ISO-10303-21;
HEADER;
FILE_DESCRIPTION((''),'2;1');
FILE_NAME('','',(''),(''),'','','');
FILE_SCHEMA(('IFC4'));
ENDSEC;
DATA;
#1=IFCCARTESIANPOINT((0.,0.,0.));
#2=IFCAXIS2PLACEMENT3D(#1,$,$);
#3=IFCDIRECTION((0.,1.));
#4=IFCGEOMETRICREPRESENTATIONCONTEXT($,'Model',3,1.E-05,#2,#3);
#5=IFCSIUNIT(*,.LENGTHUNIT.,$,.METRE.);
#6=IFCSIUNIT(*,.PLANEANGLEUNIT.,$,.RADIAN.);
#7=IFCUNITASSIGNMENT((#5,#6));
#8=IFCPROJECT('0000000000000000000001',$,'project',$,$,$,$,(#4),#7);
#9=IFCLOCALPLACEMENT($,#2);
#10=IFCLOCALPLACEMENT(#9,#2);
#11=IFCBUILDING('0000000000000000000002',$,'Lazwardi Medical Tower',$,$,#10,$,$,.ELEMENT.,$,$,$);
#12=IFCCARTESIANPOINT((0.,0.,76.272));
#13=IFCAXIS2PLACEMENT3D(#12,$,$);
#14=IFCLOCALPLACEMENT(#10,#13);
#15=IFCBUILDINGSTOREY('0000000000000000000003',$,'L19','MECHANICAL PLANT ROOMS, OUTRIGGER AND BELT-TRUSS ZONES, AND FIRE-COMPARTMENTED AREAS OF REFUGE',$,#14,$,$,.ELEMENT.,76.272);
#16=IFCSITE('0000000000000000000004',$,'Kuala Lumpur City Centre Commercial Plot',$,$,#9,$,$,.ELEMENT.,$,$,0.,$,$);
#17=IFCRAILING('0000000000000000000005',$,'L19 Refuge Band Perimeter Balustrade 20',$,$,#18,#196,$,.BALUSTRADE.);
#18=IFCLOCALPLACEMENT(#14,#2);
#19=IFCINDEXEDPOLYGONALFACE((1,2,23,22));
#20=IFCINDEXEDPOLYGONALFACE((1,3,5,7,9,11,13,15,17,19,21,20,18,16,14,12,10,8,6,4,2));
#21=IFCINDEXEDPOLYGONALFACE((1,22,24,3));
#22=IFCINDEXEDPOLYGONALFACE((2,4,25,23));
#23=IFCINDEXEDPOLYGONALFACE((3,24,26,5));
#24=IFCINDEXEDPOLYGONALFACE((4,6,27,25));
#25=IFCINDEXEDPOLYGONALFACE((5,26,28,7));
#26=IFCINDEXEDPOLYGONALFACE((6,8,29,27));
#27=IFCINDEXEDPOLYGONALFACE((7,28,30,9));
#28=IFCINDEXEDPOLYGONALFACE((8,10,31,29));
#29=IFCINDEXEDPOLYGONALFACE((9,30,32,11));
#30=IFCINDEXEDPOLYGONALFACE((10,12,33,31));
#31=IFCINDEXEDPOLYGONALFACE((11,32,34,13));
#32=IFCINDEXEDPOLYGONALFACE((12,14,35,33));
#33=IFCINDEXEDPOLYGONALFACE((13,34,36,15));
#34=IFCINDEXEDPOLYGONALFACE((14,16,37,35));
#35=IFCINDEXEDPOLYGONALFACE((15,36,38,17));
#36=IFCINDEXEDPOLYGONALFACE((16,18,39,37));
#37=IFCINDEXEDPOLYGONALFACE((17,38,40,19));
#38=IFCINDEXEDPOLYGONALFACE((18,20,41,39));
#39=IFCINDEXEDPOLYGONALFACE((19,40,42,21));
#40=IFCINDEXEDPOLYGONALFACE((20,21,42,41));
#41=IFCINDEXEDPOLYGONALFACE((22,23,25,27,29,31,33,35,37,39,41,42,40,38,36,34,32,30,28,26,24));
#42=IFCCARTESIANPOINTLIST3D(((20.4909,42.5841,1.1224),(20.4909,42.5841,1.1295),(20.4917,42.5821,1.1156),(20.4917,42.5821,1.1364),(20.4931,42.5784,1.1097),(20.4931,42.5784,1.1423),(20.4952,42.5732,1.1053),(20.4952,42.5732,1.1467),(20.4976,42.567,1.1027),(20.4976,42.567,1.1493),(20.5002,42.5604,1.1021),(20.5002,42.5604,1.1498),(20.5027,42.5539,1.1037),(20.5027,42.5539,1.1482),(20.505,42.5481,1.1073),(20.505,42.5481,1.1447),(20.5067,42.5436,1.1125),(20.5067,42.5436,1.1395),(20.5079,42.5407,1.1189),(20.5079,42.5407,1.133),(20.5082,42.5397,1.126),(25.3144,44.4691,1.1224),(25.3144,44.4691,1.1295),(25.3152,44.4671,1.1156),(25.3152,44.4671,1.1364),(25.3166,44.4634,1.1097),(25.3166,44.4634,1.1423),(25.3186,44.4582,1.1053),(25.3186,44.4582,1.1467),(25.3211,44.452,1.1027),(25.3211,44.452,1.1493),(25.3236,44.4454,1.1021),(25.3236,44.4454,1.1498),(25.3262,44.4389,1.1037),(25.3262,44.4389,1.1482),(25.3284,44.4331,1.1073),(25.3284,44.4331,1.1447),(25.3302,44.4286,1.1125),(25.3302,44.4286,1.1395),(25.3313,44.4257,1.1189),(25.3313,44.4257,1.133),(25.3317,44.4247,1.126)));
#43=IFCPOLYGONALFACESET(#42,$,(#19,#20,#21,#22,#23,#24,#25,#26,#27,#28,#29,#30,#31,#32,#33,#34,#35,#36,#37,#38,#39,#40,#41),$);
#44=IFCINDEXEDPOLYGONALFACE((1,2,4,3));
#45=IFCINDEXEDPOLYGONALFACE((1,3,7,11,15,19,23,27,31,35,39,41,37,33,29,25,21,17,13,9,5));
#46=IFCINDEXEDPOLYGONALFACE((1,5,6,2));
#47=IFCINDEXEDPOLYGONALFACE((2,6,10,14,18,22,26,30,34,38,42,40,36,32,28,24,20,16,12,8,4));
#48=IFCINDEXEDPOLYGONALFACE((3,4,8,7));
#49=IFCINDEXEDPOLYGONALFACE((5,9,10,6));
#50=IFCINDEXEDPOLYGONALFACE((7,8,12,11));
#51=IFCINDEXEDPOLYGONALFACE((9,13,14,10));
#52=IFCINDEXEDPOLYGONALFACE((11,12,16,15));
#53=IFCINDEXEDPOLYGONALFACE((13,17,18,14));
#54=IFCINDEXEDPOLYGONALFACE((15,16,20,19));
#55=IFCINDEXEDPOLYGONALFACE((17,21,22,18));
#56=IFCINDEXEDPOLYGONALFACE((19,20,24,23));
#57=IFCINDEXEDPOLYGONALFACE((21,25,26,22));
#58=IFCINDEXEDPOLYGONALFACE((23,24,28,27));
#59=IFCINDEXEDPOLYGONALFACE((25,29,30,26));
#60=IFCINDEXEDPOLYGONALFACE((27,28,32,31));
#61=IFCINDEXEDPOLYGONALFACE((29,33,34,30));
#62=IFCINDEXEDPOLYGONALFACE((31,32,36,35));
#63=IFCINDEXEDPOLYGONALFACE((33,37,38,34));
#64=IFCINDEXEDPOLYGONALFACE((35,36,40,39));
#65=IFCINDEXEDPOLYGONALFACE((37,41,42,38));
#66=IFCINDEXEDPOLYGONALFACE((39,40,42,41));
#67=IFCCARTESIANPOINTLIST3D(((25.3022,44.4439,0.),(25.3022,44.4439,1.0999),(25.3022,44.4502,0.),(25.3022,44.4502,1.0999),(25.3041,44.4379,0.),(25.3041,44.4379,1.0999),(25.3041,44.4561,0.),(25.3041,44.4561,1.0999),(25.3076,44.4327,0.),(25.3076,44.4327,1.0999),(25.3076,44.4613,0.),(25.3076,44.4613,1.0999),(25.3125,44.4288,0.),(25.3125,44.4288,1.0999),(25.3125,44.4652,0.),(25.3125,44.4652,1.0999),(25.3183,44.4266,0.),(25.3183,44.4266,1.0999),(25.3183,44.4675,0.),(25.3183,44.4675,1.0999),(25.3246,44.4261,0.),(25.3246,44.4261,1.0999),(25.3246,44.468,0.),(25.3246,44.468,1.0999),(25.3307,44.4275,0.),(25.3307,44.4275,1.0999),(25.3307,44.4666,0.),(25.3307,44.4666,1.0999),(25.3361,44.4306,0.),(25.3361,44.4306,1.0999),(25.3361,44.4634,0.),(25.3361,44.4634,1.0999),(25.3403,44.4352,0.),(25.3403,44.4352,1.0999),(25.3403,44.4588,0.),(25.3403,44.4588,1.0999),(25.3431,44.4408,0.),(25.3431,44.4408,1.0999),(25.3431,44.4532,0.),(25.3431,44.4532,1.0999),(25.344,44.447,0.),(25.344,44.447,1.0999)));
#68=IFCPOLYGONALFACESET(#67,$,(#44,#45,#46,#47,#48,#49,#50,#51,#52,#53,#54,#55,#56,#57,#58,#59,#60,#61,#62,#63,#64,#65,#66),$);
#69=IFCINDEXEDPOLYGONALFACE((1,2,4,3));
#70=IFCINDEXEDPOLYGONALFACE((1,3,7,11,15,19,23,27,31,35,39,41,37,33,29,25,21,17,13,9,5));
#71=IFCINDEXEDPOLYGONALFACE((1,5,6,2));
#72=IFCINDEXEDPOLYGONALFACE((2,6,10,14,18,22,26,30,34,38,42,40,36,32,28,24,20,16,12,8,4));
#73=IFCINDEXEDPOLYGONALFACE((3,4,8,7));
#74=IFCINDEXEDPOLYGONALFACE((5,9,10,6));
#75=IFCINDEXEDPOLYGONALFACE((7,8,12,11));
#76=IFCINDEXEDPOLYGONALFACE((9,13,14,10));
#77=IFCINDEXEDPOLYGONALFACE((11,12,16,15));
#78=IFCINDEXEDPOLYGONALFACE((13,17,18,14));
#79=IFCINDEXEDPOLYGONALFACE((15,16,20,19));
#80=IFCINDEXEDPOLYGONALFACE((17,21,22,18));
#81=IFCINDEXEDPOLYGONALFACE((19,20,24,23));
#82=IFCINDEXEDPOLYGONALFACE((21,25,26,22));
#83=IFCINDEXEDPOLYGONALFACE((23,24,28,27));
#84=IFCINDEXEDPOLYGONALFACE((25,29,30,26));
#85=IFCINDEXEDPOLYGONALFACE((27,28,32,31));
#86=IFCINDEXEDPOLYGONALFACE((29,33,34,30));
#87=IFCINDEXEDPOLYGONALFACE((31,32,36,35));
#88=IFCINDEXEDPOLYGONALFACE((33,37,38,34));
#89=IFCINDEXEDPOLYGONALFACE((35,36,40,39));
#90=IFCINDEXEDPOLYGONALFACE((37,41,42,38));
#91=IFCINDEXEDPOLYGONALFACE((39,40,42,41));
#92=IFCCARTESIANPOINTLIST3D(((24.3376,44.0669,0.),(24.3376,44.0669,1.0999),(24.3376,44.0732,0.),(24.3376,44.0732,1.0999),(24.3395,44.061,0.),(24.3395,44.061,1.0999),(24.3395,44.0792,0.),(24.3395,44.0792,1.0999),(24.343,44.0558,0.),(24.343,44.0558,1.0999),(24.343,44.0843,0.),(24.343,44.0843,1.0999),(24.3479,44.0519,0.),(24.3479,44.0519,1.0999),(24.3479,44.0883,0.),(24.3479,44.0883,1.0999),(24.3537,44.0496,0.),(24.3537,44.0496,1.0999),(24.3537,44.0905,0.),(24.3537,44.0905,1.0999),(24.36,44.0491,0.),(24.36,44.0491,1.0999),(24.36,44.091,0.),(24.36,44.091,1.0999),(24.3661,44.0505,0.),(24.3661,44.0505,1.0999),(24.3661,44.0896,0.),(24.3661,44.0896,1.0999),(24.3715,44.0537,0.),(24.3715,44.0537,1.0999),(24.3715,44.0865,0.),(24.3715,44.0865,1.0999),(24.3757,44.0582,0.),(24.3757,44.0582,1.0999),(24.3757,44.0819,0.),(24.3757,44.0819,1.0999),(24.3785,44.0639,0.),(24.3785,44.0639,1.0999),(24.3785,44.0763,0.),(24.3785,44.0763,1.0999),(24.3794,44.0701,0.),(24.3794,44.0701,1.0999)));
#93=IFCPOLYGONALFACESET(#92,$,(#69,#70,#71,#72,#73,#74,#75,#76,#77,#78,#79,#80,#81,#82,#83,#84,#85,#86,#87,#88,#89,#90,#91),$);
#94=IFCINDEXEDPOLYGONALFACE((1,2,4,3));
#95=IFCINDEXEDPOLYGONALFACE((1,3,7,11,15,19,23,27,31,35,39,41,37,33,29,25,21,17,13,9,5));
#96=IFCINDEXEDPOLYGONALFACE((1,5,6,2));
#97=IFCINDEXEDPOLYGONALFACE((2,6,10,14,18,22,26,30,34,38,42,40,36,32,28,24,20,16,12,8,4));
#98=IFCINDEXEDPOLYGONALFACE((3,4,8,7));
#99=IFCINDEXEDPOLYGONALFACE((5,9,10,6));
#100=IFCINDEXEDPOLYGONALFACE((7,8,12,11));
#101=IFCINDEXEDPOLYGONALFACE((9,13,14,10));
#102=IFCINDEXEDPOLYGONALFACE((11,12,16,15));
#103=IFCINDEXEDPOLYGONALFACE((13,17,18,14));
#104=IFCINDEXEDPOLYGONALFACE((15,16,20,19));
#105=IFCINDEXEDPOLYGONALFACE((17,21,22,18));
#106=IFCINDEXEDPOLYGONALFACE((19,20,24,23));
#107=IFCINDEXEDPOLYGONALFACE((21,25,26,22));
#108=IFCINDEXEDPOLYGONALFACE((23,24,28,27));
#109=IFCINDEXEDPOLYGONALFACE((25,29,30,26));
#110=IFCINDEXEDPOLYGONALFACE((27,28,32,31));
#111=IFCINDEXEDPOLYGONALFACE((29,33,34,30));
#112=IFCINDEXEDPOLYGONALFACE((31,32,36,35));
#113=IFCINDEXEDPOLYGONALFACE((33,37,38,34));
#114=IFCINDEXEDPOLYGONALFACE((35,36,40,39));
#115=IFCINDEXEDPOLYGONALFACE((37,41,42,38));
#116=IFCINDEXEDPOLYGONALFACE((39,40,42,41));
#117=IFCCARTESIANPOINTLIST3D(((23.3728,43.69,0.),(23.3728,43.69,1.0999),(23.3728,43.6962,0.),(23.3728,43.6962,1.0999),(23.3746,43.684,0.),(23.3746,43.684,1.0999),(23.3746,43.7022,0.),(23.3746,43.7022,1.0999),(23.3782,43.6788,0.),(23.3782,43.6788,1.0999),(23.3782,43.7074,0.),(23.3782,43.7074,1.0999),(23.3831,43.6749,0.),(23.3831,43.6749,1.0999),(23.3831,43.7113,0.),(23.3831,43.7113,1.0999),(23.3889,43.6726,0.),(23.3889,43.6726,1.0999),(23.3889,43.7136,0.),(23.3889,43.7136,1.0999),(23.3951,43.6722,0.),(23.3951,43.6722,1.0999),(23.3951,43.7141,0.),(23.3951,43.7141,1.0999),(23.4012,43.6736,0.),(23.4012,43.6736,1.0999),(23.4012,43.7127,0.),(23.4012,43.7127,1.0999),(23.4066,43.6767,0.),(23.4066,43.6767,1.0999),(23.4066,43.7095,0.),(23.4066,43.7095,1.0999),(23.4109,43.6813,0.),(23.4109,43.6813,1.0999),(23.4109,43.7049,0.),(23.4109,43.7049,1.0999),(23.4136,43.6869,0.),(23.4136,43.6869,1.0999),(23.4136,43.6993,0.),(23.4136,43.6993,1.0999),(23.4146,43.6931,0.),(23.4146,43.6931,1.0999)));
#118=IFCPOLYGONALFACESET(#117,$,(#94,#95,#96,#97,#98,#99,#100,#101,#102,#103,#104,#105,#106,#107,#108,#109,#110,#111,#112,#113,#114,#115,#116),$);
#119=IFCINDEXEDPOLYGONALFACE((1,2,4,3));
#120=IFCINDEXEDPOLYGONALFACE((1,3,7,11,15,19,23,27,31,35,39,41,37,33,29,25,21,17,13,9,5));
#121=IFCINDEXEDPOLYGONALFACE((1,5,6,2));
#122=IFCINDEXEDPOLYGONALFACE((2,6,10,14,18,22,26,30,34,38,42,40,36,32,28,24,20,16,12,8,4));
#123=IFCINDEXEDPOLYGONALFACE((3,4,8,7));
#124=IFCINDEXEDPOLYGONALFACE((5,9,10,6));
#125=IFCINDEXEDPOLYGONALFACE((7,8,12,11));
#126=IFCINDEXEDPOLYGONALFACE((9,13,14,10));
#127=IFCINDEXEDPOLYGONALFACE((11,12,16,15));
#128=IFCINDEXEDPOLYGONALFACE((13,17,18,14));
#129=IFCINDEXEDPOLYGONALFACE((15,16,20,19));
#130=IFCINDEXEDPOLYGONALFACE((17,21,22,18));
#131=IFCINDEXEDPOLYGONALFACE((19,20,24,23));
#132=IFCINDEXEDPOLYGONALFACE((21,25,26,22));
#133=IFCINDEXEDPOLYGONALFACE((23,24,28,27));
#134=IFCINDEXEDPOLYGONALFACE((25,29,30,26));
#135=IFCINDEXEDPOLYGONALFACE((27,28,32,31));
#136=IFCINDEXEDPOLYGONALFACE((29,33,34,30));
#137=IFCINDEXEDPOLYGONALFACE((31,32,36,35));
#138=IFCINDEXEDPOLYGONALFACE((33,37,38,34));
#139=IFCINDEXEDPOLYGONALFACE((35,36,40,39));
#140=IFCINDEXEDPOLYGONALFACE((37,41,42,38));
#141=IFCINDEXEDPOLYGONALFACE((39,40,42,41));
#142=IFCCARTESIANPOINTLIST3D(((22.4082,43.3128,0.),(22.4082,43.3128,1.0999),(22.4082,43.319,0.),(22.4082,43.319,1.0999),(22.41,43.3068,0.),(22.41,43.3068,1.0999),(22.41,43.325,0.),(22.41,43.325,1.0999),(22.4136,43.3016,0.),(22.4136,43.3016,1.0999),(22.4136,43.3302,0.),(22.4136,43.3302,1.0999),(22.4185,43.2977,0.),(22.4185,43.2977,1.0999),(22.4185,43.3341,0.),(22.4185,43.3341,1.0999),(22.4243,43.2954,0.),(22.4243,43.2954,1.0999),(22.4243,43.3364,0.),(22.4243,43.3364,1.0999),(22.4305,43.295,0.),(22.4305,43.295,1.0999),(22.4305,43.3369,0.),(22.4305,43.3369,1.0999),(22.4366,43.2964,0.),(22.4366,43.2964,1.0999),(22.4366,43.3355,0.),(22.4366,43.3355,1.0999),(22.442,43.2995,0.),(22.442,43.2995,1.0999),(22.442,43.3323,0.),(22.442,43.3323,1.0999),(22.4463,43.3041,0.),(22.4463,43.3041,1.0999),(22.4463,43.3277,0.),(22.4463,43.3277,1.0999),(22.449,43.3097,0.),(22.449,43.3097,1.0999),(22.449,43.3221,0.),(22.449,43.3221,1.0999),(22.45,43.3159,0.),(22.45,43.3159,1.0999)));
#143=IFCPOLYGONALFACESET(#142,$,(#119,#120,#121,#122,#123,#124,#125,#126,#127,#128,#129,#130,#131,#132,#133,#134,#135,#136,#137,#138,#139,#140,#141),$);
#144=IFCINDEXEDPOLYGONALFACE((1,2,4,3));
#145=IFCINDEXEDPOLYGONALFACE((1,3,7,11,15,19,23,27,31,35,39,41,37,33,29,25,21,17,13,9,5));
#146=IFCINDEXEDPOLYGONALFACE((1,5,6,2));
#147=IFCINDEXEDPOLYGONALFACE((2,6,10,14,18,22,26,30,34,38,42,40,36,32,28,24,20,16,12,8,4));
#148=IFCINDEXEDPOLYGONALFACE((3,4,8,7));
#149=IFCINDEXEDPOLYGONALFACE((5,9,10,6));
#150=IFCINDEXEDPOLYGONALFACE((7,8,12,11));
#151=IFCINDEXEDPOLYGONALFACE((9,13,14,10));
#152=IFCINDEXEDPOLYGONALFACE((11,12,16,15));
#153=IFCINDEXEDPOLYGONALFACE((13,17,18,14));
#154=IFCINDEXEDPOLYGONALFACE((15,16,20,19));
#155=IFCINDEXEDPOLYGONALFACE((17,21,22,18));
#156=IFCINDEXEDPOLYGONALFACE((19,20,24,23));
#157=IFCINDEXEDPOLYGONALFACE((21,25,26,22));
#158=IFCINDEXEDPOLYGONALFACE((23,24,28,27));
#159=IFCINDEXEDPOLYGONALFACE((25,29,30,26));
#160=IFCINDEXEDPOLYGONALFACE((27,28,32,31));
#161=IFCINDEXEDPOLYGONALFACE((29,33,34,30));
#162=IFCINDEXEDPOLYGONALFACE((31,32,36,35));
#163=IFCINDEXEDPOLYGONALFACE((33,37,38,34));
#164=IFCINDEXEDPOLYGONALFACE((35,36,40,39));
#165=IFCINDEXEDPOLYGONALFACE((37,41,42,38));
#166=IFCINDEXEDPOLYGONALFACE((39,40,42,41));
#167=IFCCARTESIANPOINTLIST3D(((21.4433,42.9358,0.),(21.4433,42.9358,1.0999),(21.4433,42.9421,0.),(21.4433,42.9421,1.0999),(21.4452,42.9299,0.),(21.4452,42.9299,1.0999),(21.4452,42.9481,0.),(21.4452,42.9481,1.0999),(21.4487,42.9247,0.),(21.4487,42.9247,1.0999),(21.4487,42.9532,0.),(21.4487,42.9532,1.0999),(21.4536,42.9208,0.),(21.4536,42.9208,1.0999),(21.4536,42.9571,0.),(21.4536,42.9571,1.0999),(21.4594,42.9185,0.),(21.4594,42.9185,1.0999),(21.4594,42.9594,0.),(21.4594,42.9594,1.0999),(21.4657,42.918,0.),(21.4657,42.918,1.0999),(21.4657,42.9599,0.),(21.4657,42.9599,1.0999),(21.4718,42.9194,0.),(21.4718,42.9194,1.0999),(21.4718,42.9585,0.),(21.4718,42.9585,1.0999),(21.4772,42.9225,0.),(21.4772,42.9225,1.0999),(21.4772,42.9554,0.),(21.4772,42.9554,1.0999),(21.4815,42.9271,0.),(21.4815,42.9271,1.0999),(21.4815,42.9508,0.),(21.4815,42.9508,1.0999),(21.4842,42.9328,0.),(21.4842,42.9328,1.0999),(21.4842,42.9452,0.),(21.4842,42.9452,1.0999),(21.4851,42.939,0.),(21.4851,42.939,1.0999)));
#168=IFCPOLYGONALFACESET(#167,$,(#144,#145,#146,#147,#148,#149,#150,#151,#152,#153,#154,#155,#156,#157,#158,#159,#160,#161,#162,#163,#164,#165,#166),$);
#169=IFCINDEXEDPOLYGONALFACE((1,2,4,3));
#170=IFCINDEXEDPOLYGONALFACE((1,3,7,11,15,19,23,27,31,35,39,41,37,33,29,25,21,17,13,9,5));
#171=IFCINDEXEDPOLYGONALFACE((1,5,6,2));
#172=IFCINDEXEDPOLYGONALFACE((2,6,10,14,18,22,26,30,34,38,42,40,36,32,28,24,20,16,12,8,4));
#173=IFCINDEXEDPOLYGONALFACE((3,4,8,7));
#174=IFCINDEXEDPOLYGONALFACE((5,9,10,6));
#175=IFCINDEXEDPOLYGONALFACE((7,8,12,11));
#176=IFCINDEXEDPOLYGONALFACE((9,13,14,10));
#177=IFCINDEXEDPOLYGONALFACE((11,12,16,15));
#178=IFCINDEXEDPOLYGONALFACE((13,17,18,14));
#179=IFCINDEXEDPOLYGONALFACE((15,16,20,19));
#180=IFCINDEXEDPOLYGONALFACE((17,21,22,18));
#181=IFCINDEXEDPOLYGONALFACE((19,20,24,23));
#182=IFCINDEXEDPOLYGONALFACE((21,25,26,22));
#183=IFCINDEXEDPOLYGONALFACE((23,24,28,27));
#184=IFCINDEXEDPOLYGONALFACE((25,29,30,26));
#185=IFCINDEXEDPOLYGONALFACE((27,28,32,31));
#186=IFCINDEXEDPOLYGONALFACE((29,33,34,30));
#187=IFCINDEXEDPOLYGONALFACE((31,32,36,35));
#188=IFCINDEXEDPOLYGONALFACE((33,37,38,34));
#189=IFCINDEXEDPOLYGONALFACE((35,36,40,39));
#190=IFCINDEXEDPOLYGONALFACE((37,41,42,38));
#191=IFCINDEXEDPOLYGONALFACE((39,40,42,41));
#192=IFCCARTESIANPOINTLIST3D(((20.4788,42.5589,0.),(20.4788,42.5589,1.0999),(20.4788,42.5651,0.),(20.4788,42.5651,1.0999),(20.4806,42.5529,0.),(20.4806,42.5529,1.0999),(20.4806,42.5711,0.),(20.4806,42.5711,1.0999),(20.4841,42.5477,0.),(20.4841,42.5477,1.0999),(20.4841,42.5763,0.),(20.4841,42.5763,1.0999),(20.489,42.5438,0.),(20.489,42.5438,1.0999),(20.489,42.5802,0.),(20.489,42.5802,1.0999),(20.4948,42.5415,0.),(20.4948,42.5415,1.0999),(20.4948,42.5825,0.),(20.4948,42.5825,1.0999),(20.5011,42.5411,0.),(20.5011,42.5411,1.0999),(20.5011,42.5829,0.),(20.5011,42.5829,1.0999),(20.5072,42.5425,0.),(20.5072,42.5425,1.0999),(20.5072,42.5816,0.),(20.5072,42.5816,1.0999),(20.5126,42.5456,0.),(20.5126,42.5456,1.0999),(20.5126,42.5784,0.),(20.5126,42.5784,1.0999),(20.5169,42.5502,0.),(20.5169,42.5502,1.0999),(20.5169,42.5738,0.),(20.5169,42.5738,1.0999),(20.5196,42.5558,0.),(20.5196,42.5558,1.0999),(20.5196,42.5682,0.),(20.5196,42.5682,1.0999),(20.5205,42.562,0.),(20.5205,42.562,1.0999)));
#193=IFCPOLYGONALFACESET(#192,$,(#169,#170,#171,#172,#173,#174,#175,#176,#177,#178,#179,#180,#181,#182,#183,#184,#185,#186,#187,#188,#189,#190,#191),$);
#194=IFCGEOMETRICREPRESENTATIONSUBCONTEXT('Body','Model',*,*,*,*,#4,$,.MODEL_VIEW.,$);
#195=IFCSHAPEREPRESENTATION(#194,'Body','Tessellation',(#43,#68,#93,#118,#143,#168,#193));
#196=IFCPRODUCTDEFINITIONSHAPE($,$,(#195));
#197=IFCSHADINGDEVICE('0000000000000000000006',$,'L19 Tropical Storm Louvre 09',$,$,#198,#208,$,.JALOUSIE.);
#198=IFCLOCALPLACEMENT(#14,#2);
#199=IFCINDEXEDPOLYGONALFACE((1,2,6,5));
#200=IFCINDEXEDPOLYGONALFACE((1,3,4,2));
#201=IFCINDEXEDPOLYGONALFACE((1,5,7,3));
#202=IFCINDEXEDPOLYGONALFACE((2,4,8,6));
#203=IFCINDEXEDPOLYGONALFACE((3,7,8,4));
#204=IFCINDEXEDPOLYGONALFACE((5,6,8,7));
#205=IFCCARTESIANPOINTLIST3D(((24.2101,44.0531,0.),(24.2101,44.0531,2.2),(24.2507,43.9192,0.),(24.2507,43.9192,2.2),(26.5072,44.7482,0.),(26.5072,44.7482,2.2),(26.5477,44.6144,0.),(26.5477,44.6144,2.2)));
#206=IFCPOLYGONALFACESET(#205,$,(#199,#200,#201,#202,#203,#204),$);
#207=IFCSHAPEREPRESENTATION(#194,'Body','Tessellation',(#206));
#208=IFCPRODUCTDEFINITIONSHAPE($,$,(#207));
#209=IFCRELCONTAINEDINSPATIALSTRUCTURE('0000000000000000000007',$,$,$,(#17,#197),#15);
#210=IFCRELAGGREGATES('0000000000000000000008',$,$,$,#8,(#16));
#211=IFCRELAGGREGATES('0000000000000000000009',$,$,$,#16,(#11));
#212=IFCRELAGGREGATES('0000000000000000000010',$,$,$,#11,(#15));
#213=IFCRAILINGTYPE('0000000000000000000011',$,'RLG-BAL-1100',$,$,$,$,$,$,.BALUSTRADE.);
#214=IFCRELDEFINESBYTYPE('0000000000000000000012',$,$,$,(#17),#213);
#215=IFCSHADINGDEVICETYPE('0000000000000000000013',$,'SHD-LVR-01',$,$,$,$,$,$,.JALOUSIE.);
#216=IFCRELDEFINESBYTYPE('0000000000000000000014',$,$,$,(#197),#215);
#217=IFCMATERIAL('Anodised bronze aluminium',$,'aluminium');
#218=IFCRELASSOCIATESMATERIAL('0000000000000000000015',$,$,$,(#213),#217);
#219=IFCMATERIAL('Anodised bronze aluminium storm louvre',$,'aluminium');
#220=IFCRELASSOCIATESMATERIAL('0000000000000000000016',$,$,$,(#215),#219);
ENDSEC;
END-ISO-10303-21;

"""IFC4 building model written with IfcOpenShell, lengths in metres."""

from ifc_helpers import new_model, si_unit, direction, frame, origin, origin_2d, place, context, subcontext, project, spatial, rectangle, circle, extrude, material, type_object, element, save


model = new_model("IFC4")

# Units and contexts
model_context = context("Model", 3, precision=1e-05, world=origin(), true_north=direction((0.0, 1.0)))
body_context = subcontext(model_context, "Body", "Model", "MODEL_VIEW")
ifc_project = project(units=[si_unit("LENGTHUNIT", "METRE"), si_unit("PLANEANGLEUNIT", "RADIAN")], contexts=[model_context])

# Site, building, storey
site_placement = place(None, origin())
site = spatial("IfcSite", under=ifc_project, at=site_placement, Name="Kuala Lumpur City Centre Commercial Plot", CompositionType="ELEMENT", RefElevation=0.0)
building_placement = place(site_placement, origin())
building = spatial("IfcBuilding", under=site, at=building_placement, Name="Lazwardi Medical Tower", CompositionType="ELEMENT")
storey_placement = place(building_placement, frame((0.0, 0.0, 76.272)))
storey = spatial("IfcBuildingStorey", under=building, at=storey_placement, Name="L19", Description="MECHANICAL PLANT ROOMS, OUTRIGGER AND BELT-TRUSS ZONES, AND FIRE-COMPARTMENTED AREAS OF REFUGE", CompositionType="ELEMENT", Elevation=76.272)

# Railing
ifc_material_1 = material(Name="Anodised bronze aluminium", Category="aluminium")
railing_type = type_object("IfcRailingType", Name="RLG-BAL-1100", PredefinedType="BALUSTRADE", material=ifc_material_1)
railing_1_placement = place(storey_placement, frame((25.323, 44.447, 0.0)))
element("IfcRailing", 1, at=railing_1_placement, inside=storey, type_object=railing_type, Name="L19 Refuge Band Perimeter Balustrade 20", PredefinedType="BALUSTRADE", context=body_context, shape_type="SweptSolid", body=[
    extrude(circle(Radius=0.0239, at=origin_2d()), frame((0.0, 0.0, 1.126), z_axis=(-0.931403, -0.36399, 0.0), x_axis=(0.36399, -0.931403, 0.0)), (0.0, 0.0, 1.0), 5.1787),
    extrude(circle(Radius=0.021, at=origin_2d()), origin(), (0.0, 0.0, 1.0), 1.0999),
    extrude(circle(Radius=0.021, at=origin_2d()), frame((-0.9646, -0.377, 0.0)), (0.0, 0.0, 1.0), 1.0999),
    extrude(circle(Radius=0.021, at=origin_2d()), frame((-1.9294, -0.7539, 0.0)), (0.0, 0.0, 1.0), 1.0999),
    extrude(circle(Radius=0.021, at=origin_2d()), frame((-2.894, -1.1311, 0.0)), (0.0, 0.0, 1.0), 1.0999),
    extrude(circle(Radius=0.021, at=origin_2d()), frame((-3.8589, -1.5081, 0.0)), (0.0, 0.0, 1.0), 1.0999),
    extrude(circle(Radius=0.021, at=origin_2d()), frame((-4.8235, -1.885, 0.0)), (0.0, 0.0, 1.0), 1.0999),
])

# Shading device
ifc_material_2 = material(Name="Anodised bronze aluminium storm louvre", Category="aluminium")
shading_device_type = type_object("IfcShadingDeviceType", Name="SHD-LVR-01", PredefinedType="JALOUSIE", material=ifc_material_2)
shading_device_placement = place(storey_placement, frame((25.3789, 44.3337, 0.0), z_axis=(0.0, 0.0, 1.0), x_axis=(-0.957134, -0.289647, 0.0)))
element("IfcShadingDevice", 2, at=shading_device_placement, inside=storey, type_object=shading_device_type, Name="L19 Tropical Storm Louvre 09", PredefinedType="JALOUSIE", context=body_context, shape_type="SweptSolid", body=[
    extrude(rectangle(XDim=2.3999, YDim=0.1399, at=origin_2d()), origin(), (0.0, 0.0, 1.0), 2.2),
])

save(model, "model.ifc")
